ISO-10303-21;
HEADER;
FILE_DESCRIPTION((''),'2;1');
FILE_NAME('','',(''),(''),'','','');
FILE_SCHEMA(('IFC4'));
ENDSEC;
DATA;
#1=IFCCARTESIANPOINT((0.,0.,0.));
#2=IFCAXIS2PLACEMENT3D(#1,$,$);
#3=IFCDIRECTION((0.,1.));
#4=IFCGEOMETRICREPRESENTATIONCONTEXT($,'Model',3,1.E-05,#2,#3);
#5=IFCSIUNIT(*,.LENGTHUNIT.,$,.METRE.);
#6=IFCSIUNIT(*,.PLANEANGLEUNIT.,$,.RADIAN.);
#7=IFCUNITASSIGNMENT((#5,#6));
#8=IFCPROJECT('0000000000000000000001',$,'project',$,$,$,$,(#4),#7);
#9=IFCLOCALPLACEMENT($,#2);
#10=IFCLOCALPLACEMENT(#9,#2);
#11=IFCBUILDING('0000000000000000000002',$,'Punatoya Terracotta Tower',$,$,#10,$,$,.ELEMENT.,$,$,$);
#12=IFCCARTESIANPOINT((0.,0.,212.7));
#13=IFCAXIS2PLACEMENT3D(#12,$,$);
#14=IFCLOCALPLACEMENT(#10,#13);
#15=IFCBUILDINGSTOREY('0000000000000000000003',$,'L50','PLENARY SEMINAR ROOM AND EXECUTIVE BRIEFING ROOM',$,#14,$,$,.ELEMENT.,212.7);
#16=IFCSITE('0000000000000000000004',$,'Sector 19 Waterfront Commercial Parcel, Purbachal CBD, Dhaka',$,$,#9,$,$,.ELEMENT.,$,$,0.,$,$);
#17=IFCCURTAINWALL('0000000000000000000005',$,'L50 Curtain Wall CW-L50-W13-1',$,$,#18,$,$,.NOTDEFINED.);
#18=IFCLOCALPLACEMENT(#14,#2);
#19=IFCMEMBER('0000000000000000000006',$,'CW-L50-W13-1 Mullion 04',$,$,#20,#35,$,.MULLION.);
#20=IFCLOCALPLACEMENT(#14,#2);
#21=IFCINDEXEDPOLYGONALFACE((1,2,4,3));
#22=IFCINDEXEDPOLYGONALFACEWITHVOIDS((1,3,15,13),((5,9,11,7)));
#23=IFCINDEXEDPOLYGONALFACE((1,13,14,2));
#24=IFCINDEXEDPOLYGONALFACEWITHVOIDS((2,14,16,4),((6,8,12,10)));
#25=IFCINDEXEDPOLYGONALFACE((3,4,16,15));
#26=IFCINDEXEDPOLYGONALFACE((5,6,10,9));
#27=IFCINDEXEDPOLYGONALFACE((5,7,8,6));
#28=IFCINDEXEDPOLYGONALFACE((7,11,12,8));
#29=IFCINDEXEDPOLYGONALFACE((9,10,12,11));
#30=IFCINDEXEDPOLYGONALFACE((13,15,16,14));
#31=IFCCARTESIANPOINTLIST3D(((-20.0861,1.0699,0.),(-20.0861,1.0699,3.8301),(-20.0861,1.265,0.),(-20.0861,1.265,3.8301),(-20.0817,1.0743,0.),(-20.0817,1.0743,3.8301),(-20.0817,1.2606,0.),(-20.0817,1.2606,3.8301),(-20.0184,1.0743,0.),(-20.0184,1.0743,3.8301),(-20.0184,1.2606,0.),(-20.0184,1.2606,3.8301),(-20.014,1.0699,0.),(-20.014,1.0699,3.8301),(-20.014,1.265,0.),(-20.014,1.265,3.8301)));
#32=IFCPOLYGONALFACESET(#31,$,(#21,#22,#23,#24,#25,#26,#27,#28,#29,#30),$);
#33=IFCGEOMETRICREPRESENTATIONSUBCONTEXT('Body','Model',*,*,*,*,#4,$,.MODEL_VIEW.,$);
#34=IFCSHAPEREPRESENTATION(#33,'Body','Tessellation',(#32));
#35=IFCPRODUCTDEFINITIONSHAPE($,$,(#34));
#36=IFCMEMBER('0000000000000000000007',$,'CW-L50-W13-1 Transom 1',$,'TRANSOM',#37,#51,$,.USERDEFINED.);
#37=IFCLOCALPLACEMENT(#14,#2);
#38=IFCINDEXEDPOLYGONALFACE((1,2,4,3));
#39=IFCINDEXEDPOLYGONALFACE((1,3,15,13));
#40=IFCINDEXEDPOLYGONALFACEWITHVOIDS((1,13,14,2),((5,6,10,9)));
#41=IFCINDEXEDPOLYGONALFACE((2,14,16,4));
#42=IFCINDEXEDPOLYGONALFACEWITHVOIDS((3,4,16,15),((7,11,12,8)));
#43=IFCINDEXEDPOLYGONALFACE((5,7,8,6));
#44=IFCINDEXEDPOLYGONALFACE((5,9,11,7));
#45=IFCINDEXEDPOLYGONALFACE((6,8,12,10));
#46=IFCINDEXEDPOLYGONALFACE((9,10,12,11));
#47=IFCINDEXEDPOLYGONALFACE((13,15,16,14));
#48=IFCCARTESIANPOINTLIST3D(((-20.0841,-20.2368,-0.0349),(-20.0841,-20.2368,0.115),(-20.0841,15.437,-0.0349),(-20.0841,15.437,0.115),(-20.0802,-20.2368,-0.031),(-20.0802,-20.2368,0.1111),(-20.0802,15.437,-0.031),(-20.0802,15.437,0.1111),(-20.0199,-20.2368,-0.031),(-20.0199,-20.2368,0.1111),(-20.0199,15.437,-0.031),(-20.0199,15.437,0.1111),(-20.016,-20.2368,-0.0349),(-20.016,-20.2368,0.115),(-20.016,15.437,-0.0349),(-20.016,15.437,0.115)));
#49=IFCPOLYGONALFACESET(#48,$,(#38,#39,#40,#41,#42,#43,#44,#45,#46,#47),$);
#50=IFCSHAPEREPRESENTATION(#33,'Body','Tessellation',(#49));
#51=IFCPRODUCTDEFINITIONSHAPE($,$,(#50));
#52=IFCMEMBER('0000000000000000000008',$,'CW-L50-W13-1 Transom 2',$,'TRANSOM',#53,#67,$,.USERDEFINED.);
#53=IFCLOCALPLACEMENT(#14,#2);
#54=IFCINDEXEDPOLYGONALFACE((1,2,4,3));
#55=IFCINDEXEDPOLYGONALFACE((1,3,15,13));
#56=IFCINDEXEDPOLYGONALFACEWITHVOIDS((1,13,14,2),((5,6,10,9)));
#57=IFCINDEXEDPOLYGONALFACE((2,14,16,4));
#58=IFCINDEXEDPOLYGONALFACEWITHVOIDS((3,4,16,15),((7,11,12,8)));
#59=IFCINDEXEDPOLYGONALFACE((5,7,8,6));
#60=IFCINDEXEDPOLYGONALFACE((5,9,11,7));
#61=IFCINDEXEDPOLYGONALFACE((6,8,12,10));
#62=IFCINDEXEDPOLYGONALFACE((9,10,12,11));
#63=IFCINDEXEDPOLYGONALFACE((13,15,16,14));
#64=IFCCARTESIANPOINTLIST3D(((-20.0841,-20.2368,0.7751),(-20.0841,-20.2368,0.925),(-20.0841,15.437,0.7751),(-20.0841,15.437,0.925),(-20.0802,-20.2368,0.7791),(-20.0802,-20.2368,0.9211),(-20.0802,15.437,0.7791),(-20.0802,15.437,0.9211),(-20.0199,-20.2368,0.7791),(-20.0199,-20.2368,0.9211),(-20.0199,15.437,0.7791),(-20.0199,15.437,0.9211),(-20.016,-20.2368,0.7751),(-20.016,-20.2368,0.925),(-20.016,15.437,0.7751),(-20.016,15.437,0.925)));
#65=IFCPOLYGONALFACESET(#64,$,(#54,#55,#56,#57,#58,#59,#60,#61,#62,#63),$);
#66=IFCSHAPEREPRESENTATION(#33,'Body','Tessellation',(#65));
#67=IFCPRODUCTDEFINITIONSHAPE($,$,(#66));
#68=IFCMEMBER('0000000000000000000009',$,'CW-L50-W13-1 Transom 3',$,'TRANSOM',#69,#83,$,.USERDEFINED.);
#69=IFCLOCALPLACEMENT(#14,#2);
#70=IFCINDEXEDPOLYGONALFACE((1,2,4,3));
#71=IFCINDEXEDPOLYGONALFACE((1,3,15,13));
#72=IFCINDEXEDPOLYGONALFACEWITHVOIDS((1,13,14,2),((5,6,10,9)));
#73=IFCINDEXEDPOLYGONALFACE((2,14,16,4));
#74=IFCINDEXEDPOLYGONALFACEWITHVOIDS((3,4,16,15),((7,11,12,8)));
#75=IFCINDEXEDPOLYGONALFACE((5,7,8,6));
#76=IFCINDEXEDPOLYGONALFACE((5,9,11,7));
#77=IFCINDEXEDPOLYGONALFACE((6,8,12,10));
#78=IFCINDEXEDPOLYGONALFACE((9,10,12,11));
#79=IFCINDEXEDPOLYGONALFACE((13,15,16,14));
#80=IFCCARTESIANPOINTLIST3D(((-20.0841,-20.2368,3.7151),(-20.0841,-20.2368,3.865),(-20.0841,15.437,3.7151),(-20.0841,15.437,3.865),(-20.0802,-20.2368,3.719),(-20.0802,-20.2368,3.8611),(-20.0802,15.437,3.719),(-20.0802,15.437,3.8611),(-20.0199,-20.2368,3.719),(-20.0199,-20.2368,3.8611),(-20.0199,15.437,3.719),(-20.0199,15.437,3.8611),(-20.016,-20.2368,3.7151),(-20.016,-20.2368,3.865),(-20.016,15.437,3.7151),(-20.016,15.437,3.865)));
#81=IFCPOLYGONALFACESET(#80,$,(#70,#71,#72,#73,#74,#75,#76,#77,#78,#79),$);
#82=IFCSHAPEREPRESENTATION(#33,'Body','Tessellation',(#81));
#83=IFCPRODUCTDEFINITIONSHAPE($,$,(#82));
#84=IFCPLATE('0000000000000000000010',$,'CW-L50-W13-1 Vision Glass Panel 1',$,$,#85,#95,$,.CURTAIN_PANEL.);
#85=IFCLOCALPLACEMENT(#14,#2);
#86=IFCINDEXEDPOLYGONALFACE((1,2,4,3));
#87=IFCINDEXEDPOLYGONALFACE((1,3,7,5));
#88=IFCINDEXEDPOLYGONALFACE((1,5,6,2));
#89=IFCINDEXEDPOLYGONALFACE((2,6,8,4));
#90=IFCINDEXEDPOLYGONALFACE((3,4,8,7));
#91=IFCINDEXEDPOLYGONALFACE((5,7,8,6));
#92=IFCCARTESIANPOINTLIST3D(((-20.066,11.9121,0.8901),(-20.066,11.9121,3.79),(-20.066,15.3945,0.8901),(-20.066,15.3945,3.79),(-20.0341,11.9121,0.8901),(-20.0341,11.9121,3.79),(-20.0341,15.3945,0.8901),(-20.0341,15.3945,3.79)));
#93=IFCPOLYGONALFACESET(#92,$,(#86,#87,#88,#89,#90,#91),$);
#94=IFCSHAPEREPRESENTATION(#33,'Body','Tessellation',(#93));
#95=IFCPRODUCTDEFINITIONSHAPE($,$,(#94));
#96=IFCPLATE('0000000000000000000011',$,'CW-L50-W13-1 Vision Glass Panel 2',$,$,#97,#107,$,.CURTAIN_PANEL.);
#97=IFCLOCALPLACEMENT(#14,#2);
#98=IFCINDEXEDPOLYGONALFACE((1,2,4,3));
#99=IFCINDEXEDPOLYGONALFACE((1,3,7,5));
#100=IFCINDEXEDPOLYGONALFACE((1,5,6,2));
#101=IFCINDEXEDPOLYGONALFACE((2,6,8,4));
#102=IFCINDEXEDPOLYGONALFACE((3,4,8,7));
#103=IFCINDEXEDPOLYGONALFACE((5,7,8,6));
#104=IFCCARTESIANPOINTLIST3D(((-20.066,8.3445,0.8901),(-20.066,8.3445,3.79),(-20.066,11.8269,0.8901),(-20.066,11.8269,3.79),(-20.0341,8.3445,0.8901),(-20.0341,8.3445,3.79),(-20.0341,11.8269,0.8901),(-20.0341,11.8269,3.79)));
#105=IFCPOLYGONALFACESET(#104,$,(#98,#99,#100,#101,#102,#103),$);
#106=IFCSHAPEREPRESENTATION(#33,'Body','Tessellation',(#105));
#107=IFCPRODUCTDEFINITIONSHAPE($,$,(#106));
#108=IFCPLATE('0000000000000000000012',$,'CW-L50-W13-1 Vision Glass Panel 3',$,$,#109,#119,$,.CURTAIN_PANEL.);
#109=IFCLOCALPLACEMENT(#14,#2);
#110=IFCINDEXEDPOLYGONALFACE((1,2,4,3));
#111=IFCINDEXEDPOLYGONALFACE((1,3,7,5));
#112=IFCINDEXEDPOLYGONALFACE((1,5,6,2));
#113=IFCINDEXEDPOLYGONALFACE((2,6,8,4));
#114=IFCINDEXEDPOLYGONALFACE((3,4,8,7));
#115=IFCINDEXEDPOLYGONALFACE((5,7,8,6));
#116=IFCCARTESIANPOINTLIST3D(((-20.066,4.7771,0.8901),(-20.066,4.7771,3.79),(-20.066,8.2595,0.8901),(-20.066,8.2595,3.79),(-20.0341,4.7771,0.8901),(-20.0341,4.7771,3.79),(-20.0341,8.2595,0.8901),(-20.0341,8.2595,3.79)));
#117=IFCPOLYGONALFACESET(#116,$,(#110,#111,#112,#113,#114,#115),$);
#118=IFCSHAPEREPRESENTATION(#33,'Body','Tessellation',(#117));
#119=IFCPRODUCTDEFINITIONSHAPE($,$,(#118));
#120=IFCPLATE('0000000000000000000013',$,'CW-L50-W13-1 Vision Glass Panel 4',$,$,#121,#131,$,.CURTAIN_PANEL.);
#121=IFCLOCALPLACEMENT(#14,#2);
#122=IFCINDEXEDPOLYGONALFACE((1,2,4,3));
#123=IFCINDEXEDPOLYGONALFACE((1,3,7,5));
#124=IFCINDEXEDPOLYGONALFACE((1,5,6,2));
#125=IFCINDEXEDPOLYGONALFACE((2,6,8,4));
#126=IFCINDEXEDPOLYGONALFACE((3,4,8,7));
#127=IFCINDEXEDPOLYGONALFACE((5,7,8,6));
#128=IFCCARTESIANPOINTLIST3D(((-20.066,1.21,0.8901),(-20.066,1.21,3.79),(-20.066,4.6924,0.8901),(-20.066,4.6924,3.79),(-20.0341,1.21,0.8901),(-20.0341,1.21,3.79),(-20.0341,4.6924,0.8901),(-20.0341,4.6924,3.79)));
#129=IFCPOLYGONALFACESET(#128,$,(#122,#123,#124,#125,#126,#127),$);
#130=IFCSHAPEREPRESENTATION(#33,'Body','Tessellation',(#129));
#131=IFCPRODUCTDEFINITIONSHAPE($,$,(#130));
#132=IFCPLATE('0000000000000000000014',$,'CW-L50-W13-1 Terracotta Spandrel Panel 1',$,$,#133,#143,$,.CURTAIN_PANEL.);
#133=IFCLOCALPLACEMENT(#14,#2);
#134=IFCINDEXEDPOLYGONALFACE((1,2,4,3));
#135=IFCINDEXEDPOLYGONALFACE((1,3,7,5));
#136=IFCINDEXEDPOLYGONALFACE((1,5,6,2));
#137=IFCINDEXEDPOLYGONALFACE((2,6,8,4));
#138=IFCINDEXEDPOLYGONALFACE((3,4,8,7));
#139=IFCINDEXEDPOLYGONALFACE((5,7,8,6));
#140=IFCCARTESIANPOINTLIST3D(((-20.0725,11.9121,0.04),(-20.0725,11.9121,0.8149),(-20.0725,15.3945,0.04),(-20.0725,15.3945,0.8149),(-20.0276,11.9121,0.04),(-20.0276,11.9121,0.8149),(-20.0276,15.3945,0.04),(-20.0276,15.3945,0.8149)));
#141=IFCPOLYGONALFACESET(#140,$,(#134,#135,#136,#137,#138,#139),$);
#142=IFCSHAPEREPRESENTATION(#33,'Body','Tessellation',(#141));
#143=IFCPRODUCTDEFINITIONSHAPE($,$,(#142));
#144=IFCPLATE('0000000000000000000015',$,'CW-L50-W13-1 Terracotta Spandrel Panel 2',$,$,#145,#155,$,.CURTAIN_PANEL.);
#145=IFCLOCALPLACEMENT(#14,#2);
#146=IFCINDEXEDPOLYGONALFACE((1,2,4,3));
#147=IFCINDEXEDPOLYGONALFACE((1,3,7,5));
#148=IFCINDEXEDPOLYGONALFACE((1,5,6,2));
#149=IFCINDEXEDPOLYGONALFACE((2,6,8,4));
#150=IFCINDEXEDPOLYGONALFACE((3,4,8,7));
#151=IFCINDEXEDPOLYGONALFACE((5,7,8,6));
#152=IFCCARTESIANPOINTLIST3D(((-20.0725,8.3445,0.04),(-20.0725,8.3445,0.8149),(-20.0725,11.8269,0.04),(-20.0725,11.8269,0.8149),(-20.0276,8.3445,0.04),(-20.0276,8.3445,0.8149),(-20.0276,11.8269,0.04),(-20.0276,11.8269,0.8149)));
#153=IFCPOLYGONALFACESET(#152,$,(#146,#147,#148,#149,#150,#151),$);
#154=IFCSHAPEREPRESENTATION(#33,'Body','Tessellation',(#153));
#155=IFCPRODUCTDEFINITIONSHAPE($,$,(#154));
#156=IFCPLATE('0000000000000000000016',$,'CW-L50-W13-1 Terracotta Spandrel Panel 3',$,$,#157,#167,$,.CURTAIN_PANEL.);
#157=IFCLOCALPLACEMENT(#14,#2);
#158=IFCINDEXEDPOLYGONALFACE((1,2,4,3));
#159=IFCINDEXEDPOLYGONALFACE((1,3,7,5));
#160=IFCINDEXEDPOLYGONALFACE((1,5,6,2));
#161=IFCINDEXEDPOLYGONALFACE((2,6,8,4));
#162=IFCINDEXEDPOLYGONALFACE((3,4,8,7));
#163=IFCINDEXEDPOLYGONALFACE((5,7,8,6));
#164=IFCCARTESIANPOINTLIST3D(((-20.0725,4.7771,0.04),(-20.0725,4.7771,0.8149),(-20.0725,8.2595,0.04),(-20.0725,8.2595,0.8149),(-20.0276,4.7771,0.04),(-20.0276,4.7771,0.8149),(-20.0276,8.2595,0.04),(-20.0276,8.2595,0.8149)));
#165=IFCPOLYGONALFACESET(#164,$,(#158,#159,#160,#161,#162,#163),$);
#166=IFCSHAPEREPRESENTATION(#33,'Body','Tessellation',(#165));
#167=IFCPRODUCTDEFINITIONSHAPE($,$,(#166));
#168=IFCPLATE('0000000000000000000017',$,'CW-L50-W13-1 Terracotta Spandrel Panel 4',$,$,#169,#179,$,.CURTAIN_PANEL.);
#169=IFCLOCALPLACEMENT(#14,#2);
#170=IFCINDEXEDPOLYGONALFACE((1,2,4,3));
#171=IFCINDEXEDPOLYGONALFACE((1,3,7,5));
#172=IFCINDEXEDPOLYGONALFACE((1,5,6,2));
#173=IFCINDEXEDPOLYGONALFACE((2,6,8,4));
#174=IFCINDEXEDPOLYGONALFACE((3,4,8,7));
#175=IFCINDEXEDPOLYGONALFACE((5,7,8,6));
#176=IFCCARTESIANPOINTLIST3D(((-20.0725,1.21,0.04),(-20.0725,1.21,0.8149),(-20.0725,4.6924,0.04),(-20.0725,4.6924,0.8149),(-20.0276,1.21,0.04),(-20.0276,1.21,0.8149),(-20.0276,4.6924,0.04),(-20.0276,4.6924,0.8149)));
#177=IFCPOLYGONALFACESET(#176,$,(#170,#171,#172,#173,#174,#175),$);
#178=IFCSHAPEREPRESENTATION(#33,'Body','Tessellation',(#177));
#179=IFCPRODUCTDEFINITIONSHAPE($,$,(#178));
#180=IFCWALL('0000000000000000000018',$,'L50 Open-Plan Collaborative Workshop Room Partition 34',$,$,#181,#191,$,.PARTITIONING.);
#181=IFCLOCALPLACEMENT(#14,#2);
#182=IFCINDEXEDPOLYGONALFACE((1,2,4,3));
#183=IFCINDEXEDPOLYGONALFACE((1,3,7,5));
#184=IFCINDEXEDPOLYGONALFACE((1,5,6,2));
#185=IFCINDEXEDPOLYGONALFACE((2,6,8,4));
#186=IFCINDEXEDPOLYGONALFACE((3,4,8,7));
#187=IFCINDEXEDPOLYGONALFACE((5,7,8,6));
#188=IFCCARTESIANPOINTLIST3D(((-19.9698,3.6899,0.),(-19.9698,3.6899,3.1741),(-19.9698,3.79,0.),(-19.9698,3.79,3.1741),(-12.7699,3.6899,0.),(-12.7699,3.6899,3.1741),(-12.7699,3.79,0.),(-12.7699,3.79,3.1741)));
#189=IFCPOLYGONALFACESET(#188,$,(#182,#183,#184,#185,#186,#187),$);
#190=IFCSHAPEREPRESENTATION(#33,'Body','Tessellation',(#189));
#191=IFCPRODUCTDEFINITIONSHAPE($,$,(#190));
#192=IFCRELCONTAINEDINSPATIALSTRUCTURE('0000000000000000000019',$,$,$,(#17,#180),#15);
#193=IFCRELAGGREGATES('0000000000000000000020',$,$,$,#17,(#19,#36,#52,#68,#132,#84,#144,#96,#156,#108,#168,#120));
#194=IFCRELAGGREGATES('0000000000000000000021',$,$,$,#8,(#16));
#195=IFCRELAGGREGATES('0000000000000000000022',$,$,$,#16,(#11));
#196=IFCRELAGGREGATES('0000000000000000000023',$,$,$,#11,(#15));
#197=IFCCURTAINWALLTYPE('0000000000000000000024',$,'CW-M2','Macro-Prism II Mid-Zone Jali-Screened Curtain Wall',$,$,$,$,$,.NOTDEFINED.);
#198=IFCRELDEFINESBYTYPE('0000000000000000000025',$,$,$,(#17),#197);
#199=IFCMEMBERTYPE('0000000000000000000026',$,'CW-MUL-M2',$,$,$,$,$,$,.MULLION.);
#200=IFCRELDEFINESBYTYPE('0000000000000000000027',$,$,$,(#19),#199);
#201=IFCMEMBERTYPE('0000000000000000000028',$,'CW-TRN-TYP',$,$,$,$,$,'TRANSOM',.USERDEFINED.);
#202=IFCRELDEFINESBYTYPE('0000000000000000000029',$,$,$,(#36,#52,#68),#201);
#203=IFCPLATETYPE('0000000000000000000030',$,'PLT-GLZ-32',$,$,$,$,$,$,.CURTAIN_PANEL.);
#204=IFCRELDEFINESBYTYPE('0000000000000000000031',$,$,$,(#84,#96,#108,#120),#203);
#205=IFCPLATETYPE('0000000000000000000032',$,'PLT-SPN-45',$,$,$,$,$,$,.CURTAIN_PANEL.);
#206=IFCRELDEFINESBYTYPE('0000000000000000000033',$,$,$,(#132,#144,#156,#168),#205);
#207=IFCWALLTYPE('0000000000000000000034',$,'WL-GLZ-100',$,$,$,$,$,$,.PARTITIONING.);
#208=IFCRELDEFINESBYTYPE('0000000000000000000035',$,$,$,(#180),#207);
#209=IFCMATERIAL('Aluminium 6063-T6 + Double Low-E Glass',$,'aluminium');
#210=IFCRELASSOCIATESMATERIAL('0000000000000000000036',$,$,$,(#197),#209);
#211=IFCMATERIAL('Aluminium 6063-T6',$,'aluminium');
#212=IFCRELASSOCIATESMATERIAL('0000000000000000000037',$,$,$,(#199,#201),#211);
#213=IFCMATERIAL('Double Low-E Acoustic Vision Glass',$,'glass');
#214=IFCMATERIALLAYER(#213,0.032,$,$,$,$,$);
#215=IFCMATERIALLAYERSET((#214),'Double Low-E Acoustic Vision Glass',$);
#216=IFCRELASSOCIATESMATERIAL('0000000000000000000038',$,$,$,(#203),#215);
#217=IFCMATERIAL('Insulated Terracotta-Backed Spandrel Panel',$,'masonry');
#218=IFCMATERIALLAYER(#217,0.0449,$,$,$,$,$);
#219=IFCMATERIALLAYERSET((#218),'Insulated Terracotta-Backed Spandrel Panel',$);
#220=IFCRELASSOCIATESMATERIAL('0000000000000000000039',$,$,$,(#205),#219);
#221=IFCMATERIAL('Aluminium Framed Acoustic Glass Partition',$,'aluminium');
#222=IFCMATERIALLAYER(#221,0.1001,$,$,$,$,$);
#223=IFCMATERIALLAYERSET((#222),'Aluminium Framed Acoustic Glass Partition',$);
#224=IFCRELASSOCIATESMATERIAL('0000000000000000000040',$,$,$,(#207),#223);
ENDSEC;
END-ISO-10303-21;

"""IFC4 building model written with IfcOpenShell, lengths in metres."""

from ifc_helpers import new_model, si_unit, direction, frame, frame_2d, origin, origin_2d, place, context, subcontext, project, spatial, rectangle, hollow_rectangle, extrude, material, layer, layer_set, material_profile, profile_set, type_object, element, aggregate, save


model = new_model("IFC4")

# Units and contexts
model_context = context("Model", 3, precision=1e-05, world=origin(), true_north=direction((0.0, 1.0)))
body_context = subcontext(model_context, "Body", "Model", "MODEL_VIEW")
ifc_project = project(units=[si_unit("LENGTHUNIT", "METRE"), si_unit("PLANEANGLEUNIT", "RADIAN")], contexts=[model_context])

# Site, building, storey
site_placement = place(None, origin())
site = spatial("IfcSite", under=ifc_project, at=site_placement, Name="Sector 19 Waterfront Commercial Parcel, Purbachal CBD, Dhaka", CompositionType="ELEMENT", RefElevation=0.0)
building_placement = place(site_placement, origin())
building = spatial("IfcBuilding", under=site, at=building_placement, Name="Punatoya Terracotta Tower", CompositionType="ELEMENT")
storey_placement = place(building_placement, frame((0.0, 0.0, 212.7)))
storey = spatial("IfcBuildingStorey", under=building, at=storey_placement, Name="L50", Description="PLENARY SEMINAR ROOM AND EXECUTIVE BRIEFING ROOM", CompositionType="ELEMENT", Elevation=212.7)

# Shared definitions
ifc_material_1 = material(Name="Aluminium 6063-T6 + Double Low-E Glass", Category="aluminium")
curtain_wall_type = type_object("IfcCurtainWallType", Name="CW-M2", Description="Macro-Prism II Mid-Zone Jali-Screened Curtain Wall", PredefinedType="NOTDEFINED", material=ifc_material_1)
ifc_material_2 = material(Name="Aluminium 6063-T6", Category="aluminium")
ifc_material_profile_1 = material_profile(ifc_material_2, hollow_rectangle(XDim=0.072, YDim=0.1951, WallThickness=0.0044, at=origin_2d()))
ifc_profile_set_1 = profile_set([ifc_material_profile_1], Name="Aluminium 6063-T6")
member_type_1 = type_object("IfcMemberType", Name="CW-MUL-M2", PredefinedType="MULLION", material=ifc_profile_set_1)

# Curtain wall, members, plates
curtain_wall_1_placement = place(storey_placement, origin())
curtain_wall_1 = element("IfcCurtainWall", 1, at=curtain_wall_1_placement, inside=storey, type_object=curtain_wall_type, Name="L50 Curtain Wall CW-L50-W13-1", PredefinedType="NOTDEFINED")
member_1_placement = place(storey_placement, frame((-20.05, 1.1675, 0.0), z_axis=(0.0, 0.0, 1.0), x_axis=(1.0, 0.0, 0.0)))
member_1 = element("IfcMember", 2, at=member_1_placement, type_object=member_type_1, Name="CW-L50-W13-1 Mullion 04", PredefinedType="MULLION", context=body_context, shape_type="SweptSolid", body=[
    extrude(hollow_rectangle(XDim=0.072, YDim=0.1951, WallThickness=0.0044, at=origin_2d()), origin(), (0.0, 0.0, 1.0), 3.8301),
])
ifc_material_profile_2 = material_profile(ifc_material_2, hollow_rectangle(XDim=0.0681, YDim=0.1499, WallThickness=0.0039, at=origin_2d()))
ifc_profile_set_2 = profile_set([ifc_material_profile_2], Name="Aluminium 6063-T6")
member_type_2 = type_object("IfcMemberType", Name="CW-TRN-TYP", ElementType="TRANSOM", PredefinedType="USERDEFINED", material=ifc_profile_set_2)
member_2_placement = place(storey_placement, frame((-20.05, 15.437, 0.04), z_axis=(0.0, -1.0, 0.0), x_axis=(1.0, 0.0, 0.0)))
member_2 = element("IfcMember", 3, at=member_2_placement, type_object=member_type_2, Name="CW-L50-W13-1 Transom 1", ObjectType="TRANSOM", PredefinedType="USERDEFINED", context=body_context, shape_type="SweptSolid", body=[
    extrude(hollow_rectangle(XDim=0.0681, YDim=0.1499, WallThickness=0.0039, at=origin_2d()), origin(), (0.0, 0.0, 1.0), 35.6738),
])
member_3_placement = place(storey_placement, frame((-20.05, 15.437, 0.8501), z_axis=(0.0, -1.0, 0.0), x_axis=(1.0, 0.0, 0.0)))
member_3 = element("IfcMember", 4, at=member_3_placement, type_object=member_type_2, Name="CW-L50-W13-1 Transom 2", ObjectType="TRANSOM", PredefinedType="USERDEFINED", context=body_context, shape_type="SweptSolid", body=[
    extrude(hollow_rectangle(XDim=0.0681, YDim=0.1499, WallThickness=0.0039, at=origin_2d()), origin(), (0.0, 0.0, 1.0), 35.6738),
])
member_4_placement = place(storey_placement, frame((-20.05, 15.437, 3.79), z_axis=(0.0, -1.0, 0.0), x_axis=(1.0, 0.0, 0.0)))
member_4 = element("IfcMember", 5, at=member_4_placement, type_object=member_type_2, Name="CW-L50-W13-1 Transom 3", ObjectType="TRANSOM", PredefinedType="USERDEFINED", context=body_context, shape_type="SweptSolid", body=[
    extrude(hollow_rectangle(XDim=0.0681, YDim=0.1499, WallThickness=0.0039, at=origin_2d()), origin(), (0.0, 0.0, 1.0), 35.6738),
])
ifc_material_3 = material(Name="Double Low-E Acoustic Vision Glass", Category="glass")
ifc_layer_1 = layer(ifc_material_3, 0.032)
ifc_layer_set_1 = layer_set([ifc_layer_1], Name="Double Low-E Acoustic Vision Glass")
plate_type_1 = type_object("IfcPlateType", Name="PLT-GLZ-32", PredefinedType="CURTAIN_PANEL", material=ifc_layer_set_1)
plate_1_placement = place(storey_placement, frame((-20.05, 13.6533, 0.8901), z_axis=(0.0, 0.0, 1.0), x_axis=(0.0, -1.0, 0.0)))
plate_1 = element("IfcPlate", 6, at=plate_1_placement, type_object=plate_type_1, Name="CW-L50-W13-1 Vision Glass Panel 1", PredefinedType="CURTAIN_PANEL", context=body_context, shape_type="SweptSolid", body=[
    extrude(rectangle(XDim=3.4824, YDim=0.032, at=origin_2d()), origin(), (0.0, 0.0, 1.0), 2.8999),
])
plate_2_placement = place(storey_placement, frame((-20.05, 10.0857, 0.8901), z_axis=(0.0, 0.0, 1.0), x_axis=(0.0, -1.0, 0.0)))
plate_2 = element("IfcPlate", 7, at=plate_2_placement, type_object=plate_type_1, Name="CW-L50-W13-1 Vision Glass Panel 2", PredefinedType="CURTAIN_PANEL", context=body_context, shape_type="SweptSolid", body=[
    extrude(rectangle(XDim=3.4824, YDim=0.032, at=origin_2d()), origin(), (0.0, 0.0, 1.0), 2.8999),
])
plate_3_placement = place(storey_placement, frame((-20.05, 6.5183, 0.8901), z_axis=(0.0, 0.0, 1.0), x_axis=(0.0, -1.0, 0.0)))
plate_3 = element("IfcPlate", 8, at=plate_3_placement, type_object=plate_type_1, Name="CW-L50-W13-1 Vision Glass Panel 3", PredefinedType="CURTAIN_PANEL", context=body_context, shape_type="SweptSolid", body=[
    extrude(rectangle(XDim=3.4824, YDim=0.032, at=origin_2d()), origin(), (0.0, 0.0, 1.0), 2.8999),
])
plate_4_placement = place(storey_placement, frame((-20.05, 2.9512, 0.8901), z_axis=(0.0, 0.0, 1.0), x_axis=(0.0, -1.0, 0.0)))
plate_4 = element("IfcPlate", 9, at=plate_4_placement, type_object=plate_type_1, Name="CW-L50-W13-1 Vision Glass Panel 4", PredefinedType="CURTAIN_PANEL", context=body_context, shape_type="SweptSolid", body=[
    extrude(rectangle(XDim=3.4824, YDim=0.032, at=origin_2d()), origin(), (0.0, 0.0, 1.0), 2.8999),
])
ifc_material_4 = material(Name="Insulated Terracotta-Backed Spandrel Panel", Category="masonry")
ifc_layer_2 = layer(ifc_material_4, 0.0449)
ifc_layer_set_2 = layer_set([ifc_layer_2], Name="Insulated Terracotta-Backed Spandrel Panel")
plate_type_2 = type_object("IfcPlateType", Name="PLT-SPN-45", PredefinedType="CURTAIN_PANEL", material=ifc_layer_set_2)
plate_5_placement = place(storey_placement, frame((-20.05, 13.6533, 0.04), z_axis=(0.0, 0.0, 1.0), x_axis=(0.0, -1.0, 0.0)))
plate_5 = element("IfcPlate", 10, at=plate_5_placement, type_object=plate_type_2, Name="CW-L50-W13-1 Terracotta Spandrel Panel 1", PredefinedType="CURTAIN_PANEL", context=body_context, shape_type="SweptSolid", body=[
    extrude(rectangle(XDim=3.4824, YDim=0.0449, at=origin_2d()), origin(), (0.0, 0.0, 1.0), 0.7749),
])
plate_6_placement = place(storey_placement, frame((-20.05, 10.0857, 0.04), z_axis=(0.0, 0.0, 1.0), x_axis=(0.0, -1.0, 0.0)))
plate_6 = element("IfcPlate", 11, at=plate_6_placement, type_object=plate_type_2, Name="CW-L50-W13-1 Terracotta Spandrel Panel 2", PredefinedType="CURTAIN_PANEL", context=body_context, shape_type="SweptSolid", body=[
    extrude(rectangle(XDim=3.4824, YDim=0.0449, at=origin_2d()), origin(), (0.0, 0.0, 1.0), 0.7749),
])
plate_7_placement = place(storey_placement, frame((-20.05, 6.5183, 0.04), z_axis=(0.0, 0.0, 1.0), x_axis=(0.0, -1.0, 0.0)))
plate_7 = element("IfcPlate", 12, at=plate_7_placement, type_object=plate_type_2, Name="CW-L50-W13-1 Terracotta Spandrel Panel 3", PredefinedType="CURTAIN_PANEL", context=body_context, shape_type="SweptSolid", body=[
    extrude(rectangle(XDim=3.4824, YDim=0.0449, at=origin_2d()), origin(), (0.0, 0.0, 1.0), 0.7749),
])
plate_8_placement = place(storey_placement, frame((-20.05, 2.9512, 0.04), z_axis=(0.0, 0.0, 1.0), x_axis=(0.0, -1.0, 0.0)))
plate_8 = element("IfcPlate", 13, at=plate_8_placement, type_object=plate_type_2, Name="CW-L50-W13-1 Terracotta Spandrel Panel 4", PredefinedType="CURTAIN_PANEL", context=body_context, shape_type="SweptSolid", body=[
    extrude(rectangle(XDim=3.4824, YDim=0.0449, at=origin_2d()), origin(), (0.0, 0.0, 1.0), 0.7749),
])
aggregate(curtain_wall_1, [member_1, member_2, member_3, member_4, plate_5, plate_1, plate_6, plate_2, plate_7, plate_3, plate_8, plate_4])

# Wall
ifc_material_5 = material(Name="Aluminium Framed Acoustic Glass Partition", Category="aluminium")
ifc_layer_3 = layer(ifc_material_5, 0.1001)
ifc_layer_set_3 = layer_set([ifc_layer_3], Name="Aluminium Framed Acoustic Glass Partition")
wall_type_1 = type_object("IfcWallType", Name="WL-GLZ-100", PredefinedType="PARTITIONING", material=ifc_layer_set_3)
wall_1_placement = place(storey_placement, frame((-19.97, 3.74, 0.0), z_axis=(0.0, 0.0, 1.0), x_axis=(1.0, 0.0, 0.0)))
element("IfcWall", 14, at=wall_1_placement, inside=storey, type_object=wall_type_1, Name="L50 Open-Plan Collaborative Workshop Room Partition 34", PredefinedType="PARTITIONING", context=body_context, shape_type="SweptSolid", body=[
    extrude(rectangle(XDim=7.2, YDim=0.1001, at=frame_2d((3.6001, 0.0))), origin(), (0.0, 0.0, 1.0), 3.1741),
])

save(model, "model.ifc")
